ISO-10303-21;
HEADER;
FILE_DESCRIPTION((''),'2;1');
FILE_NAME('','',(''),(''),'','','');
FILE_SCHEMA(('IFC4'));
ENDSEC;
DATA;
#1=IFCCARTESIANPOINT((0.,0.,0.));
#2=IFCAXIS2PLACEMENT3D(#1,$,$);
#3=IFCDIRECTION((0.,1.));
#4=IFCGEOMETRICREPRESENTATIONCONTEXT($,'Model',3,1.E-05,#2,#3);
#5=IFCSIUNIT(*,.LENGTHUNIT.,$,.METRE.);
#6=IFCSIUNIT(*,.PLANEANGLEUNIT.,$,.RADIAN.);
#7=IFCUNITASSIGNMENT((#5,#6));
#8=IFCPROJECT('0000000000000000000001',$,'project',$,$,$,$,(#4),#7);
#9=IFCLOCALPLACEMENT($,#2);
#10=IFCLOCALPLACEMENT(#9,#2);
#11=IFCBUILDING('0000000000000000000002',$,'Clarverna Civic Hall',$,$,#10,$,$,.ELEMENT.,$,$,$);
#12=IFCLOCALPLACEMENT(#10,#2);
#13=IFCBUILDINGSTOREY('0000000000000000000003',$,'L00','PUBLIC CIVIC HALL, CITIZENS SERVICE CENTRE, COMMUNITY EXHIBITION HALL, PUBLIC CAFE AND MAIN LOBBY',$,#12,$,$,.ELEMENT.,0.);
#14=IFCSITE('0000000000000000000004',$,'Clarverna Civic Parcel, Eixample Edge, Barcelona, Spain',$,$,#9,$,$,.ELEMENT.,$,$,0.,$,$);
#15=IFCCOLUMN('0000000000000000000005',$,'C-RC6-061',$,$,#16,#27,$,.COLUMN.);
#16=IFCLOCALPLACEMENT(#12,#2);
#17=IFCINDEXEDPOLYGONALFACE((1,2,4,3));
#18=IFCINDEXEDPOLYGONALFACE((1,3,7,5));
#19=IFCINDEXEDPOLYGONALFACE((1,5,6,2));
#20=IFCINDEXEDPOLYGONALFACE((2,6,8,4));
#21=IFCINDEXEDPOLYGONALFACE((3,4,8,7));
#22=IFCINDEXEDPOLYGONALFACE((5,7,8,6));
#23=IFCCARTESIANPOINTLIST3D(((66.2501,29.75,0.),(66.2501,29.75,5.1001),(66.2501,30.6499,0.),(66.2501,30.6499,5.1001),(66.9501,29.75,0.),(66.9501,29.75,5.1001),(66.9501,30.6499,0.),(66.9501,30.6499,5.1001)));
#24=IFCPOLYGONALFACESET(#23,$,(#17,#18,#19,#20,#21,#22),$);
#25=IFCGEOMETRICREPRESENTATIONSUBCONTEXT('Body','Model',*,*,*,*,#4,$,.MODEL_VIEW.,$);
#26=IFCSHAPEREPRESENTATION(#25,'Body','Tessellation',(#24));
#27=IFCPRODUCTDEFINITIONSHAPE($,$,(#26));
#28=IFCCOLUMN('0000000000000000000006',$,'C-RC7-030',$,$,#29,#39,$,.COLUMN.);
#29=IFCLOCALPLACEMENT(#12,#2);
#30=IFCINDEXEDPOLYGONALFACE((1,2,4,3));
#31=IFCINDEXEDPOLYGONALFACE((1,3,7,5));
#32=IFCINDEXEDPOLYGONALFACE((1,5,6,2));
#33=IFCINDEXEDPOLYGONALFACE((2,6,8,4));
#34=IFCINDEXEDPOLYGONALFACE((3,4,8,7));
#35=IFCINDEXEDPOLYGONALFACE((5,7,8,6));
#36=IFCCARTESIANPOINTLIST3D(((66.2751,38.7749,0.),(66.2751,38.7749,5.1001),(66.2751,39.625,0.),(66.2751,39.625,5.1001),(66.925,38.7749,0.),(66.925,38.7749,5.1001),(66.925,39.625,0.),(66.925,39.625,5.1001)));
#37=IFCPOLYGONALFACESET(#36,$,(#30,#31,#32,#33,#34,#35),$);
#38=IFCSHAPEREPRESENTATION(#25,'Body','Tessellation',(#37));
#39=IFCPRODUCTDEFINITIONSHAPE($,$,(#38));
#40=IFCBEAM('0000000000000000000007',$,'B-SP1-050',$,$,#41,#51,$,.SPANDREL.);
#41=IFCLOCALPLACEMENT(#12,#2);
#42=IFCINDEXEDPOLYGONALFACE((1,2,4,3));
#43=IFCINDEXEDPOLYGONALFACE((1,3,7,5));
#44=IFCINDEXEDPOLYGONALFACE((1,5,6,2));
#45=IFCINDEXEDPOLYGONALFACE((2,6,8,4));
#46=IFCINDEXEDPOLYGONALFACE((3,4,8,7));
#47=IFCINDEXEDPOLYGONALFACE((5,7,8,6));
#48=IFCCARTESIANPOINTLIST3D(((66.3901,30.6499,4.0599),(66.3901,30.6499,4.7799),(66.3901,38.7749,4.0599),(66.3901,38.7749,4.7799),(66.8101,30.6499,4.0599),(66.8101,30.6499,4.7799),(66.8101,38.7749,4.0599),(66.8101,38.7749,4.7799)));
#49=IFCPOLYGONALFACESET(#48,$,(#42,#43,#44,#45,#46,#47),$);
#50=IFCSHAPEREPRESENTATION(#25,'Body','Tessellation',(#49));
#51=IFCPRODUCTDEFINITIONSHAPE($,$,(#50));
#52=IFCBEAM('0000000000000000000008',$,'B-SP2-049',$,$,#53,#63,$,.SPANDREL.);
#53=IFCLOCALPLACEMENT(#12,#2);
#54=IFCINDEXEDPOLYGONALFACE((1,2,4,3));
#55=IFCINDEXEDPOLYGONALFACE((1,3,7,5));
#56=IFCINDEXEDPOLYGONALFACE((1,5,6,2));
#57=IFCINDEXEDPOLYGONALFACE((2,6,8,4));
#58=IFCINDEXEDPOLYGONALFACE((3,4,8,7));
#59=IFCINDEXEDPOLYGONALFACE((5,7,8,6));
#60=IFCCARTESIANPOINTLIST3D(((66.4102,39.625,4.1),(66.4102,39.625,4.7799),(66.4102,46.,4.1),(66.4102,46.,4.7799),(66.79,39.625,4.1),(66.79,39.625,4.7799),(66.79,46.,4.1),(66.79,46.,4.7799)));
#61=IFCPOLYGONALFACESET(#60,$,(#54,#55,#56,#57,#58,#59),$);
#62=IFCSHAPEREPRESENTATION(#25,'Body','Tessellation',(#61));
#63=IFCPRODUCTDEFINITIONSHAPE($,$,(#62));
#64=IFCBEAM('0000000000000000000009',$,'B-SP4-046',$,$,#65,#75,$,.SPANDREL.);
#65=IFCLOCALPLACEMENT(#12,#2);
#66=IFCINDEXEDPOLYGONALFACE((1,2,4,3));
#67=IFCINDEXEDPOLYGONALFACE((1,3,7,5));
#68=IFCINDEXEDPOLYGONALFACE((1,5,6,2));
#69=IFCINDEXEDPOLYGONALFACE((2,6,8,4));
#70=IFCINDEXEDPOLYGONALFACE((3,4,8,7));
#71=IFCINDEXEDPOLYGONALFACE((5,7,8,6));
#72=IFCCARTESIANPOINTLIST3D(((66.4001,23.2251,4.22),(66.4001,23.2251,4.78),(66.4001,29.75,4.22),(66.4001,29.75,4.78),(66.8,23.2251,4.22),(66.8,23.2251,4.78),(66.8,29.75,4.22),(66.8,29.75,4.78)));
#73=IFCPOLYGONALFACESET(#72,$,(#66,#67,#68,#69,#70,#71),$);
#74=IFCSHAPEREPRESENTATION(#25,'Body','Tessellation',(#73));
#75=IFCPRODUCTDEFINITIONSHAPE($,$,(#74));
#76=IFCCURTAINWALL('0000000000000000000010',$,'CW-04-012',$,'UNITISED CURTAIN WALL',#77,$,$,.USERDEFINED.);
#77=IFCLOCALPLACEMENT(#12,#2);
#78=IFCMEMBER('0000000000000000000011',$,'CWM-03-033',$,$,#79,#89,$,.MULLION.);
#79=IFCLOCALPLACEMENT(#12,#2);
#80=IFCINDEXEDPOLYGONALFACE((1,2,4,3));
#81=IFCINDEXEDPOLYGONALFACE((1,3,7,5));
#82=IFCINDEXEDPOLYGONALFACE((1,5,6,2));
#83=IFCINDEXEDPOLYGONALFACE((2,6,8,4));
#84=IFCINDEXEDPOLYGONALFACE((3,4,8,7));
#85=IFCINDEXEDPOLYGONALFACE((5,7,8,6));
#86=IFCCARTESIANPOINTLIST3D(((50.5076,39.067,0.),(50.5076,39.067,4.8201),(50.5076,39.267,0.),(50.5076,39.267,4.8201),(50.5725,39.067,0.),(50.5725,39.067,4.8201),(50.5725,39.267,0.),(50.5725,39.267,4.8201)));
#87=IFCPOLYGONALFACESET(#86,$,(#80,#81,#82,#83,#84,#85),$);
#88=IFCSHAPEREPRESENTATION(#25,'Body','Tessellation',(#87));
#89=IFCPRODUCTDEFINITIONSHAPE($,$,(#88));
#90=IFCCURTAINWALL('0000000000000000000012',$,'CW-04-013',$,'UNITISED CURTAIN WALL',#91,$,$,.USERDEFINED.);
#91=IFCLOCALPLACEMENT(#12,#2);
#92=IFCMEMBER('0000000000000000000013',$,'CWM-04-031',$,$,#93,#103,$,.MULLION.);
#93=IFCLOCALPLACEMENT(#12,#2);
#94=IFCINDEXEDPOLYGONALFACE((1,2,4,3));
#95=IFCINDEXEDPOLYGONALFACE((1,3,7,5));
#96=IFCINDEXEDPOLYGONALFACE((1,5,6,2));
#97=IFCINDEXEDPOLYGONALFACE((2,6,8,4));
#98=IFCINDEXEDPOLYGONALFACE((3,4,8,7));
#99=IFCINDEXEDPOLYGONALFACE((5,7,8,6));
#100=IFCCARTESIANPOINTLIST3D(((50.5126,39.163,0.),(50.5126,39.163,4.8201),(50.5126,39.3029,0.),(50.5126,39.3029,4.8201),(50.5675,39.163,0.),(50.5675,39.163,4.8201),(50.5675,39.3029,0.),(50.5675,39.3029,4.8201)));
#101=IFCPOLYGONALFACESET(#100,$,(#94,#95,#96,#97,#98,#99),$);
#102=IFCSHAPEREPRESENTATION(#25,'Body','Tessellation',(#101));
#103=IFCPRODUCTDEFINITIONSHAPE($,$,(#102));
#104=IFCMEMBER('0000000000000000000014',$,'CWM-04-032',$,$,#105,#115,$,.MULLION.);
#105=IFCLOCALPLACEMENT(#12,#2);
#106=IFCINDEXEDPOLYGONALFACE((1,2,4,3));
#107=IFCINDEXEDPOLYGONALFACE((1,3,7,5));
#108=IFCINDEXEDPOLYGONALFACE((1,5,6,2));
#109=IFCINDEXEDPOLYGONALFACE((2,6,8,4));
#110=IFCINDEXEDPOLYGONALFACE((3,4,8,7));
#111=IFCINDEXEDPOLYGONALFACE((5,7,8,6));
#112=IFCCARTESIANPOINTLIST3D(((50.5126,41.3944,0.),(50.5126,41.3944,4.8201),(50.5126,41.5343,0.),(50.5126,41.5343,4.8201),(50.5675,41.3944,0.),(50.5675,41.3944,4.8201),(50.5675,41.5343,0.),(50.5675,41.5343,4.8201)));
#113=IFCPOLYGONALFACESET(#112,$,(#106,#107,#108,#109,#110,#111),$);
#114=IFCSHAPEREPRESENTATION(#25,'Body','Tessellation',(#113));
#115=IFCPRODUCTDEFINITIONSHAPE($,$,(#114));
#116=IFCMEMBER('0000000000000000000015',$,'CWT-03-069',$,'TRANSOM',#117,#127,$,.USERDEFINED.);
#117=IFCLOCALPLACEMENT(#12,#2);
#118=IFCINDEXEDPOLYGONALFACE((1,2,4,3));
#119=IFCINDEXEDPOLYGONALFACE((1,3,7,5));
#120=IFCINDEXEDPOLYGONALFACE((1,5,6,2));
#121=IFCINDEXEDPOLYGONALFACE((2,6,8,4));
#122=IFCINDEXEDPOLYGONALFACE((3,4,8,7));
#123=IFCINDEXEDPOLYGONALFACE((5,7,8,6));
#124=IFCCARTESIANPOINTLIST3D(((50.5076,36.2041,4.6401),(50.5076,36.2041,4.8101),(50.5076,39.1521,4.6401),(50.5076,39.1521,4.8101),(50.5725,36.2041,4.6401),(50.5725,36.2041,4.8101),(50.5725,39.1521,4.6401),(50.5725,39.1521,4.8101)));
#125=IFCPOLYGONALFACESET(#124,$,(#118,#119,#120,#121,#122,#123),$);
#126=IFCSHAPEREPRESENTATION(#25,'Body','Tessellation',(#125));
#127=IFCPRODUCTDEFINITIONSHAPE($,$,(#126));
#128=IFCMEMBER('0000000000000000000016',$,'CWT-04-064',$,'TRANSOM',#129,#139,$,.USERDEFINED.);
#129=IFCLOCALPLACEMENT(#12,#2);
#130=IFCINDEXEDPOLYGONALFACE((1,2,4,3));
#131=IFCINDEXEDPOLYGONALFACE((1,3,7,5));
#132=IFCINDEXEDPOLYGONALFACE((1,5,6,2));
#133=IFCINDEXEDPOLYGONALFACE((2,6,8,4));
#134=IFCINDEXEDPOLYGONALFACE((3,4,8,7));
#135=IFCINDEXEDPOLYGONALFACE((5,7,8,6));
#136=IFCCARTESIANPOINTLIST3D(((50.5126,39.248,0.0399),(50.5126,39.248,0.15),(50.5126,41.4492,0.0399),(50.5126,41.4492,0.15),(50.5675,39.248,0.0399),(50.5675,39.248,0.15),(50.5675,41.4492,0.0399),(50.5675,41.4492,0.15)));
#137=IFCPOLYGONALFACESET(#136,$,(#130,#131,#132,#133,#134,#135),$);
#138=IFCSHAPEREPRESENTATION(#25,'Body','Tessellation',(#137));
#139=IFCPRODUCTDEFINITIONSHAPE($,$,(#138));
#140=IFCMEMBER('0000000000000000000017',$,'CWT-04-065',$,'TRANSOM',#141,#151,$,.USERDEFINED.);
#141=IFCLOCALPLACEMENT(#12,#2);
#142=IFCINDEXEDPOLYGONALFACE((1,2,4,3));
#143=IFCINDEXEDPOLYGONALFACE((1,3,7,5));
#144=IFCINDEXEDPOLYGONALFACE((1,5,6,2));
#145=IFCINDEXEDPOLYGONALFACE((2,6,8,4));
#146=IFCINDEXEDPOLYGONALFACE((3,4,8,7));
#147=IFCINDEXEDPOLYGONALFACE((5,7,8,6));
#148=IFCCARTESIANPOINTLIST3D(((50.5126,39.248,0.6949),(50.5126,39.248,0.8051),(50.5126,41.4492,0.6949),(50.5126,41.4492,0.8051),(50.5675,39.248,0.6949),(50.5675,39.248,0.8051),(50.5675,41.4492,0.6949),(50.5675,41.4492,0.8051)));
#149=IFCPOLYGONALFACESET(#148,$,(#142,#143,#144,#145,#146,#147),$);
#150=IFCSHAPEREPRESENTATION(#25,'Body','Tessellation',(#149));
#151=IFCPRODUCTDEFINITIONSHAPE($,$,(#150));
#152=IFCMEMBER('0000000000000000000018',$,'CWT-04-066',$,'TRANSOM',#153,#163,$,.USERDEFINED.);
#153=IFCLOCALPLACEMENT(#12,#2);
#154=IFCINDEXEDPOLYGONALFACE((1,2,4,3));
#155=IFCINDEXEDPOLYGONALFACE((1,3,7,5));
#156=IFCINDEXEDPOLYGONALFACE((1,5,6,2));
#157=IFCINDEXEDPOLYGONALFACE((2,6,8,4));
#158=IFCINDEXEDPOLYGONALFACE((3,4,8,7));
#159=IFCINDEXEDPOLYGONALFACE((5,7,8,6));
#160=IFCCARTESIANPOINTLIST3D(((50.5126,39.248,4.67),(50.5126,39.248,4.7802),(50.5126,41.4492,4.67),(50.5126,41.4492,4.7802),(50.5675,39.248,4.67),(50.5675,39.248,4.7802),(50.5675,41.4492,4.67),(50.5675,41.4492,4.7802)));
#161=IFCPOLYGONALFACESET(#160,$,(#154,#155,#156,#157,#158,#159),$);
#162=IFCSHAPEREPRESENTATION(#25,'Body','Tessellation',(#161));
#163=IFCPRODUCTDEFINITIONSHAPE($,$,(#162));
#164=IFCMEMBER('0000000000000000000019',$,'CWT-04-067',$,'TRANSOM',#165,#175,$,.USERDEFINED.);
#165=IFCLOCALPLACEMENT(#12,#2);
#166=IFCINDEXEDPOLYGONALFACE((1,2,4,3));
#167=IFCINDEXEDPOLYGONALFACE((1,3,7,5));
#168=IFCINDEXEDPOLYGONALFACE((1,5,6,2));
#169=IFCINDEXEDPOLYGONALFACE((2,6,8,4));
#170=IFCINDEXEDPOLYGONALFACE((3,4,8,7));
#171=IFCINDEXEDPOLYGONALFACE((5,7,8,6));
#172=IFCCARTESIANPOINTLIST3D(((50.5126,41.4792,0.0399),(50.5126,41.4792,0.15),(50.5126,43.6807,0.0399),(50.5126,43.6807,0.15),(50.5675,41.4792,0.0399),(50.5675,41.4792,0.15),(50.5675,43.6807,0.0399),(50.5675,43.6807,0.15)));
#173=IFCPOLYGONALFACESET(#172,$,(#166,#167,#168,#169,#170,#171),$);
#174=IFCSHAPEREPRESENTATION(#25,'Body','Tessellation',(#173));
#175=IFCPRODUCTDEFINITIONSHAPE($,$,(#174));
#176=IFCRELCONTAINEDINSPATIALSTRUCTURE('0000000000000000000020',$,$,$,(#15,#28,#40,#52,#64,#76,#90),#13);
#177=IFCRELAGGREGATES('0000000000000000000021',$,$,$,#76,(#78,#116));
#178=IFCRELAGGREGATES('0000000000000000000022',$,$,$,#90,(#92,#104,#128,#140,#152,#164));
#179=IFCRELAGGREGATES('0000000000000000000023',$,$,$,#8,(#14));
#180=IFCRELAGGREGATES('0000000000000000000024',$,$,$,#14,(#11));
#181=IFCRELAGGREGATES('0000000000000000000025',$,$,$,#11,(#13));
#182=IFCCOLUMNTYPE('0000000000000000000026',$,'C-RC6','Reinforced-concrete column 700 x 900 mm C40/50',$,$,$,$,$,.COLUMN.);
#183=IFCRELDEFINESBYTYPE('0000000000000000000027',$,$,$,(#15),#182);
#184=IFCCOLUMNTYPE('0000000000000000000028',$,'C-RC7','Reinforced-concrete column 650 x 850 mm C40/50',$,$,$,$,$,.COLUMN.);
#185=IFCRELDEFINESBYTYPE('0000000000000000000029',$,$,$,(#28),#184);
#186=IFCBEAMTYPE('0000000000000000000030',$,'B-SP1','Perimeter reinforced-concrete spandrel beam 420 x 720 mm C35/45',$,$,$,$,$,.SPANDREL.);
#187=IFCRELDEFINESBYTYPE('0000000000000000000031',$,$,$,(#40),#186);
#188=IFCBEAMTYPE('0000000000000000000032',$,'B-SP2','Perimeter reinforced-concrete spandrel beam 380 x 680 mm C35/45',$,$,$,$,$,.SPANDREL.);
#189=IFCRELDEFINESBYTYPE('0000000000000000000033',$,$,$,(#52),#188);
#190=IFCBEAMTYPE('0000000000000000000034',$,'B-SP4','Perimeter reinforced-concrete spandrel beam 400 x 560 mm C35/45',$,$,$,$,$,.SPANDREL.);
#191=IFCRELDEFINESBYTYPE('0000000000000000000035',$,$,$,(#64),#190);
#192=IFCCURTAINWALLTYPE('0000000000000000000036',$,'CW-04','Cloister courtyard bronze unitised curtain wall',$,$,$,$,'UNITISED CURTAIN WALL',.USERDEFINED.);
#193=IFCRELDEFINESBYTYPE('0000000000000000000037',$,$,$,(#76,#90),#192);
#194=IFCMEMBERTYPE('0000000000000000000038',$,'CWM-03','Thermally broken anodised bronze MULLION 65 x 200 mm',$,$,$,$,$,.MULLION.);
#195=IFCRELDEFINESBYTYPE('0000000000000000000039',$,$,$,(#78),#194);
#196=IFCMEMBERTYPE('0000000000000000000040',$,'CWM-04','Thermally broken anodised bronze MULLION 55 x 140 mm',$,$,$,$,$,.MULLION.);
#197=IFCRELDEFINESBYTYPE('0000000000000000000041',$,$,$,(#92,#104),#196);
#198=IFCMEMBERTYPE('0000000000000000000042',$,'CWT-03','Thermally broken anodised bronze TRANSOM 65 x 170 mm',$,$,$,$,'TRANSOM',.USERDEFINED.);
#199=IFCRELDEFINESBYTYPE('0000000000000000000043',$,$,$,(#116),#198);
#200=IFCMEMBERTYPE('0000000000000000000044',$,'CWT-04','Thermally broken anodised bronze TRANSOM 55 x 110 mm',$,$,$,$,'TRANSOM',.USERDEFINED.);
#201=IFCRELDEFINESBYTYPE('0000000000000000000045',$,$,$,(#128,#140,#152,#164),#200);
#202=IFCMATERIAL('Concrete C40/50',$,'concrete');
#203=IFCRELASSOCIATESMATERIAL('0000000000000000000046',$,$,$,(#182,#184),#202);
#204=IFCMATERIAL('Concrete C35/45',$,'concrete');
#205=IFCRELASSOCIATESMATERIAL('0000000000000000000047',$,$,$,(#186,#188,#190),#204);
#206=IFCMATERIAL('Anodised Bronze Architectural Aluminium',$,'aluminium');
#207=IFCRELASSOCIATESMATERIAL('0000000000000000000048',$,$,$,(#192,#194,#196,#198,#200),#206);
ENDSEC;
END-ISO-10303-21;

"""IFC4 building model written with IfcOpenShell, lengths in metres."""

from ifc_helpers import new_model, si_unit, direction, frame, origin, origin_2d, place, context, subcontext, project, spatial, rectangle, extrude, material, material_profile, profile_set, type_object, element, aggregate, save


model = new_model("IFC4")

# Units and contexts
model_context = context("Model", 3, precision=1e-05, world=origin(), true_north=direction((0.0, 1.0)))
body_context = subcontext(model_context, "Body", "Model", "MODEL_VIEW")
ifc_project = project(units=[si_unit("LENGTHUNIT", "METRE"), si_unit("PLANEANGLEUNIT", "RADIAN")], contexts=[model_context])

# Site, building, storey
site_placement = place(None, origin())
site = spatial("IfcSite", under=ifc_project, at=site_placement, Name="Clarverna Civic Parcel, Eixample Edge, Barcelona, Spain", CompositionType="ELEMENT", RefElevation=0.0)
building_placement = place(site_placement, origin())
building = spatial("IfcBuilding", under=site, at=building_placement, Name="Clarverna Civic Hall", CompositionType="ELEMENT")
storey_placement = place(building_placement, origin())
storey = spatial("IfcBuildingStorey", under=building, at=storey_placement, Name="L00", Description="PUBLIC CIVIC HALL, CITIZENS SERVICE CENTRE, COMMUNITY EXHIBITION HALL, PUBLIC CAFE AND MAIN LOBBY", CompositionType="ELEMENT", Elevation=0.0)

# Columns
ifc_material_1 = material(Name="Concrete C40/50", Category="concrete")
ifc_material_profile_1 = material_profile(ifc_material_1, rectangle(XDim=0.7, YDim=0.8999, at=origin_2d()), Name="RC 700x900")
ifc_profile_set_1 = profile_set([ifc_material_profile_1], Name="Concrete C40/50")
column_type_1 = type_object("IfcColumnType", Name="C-RC6", Description="Reinforced-concrete column 700 x 900 mm C40/50", PredefinedType="COLUMN", material=ifc_profile_set_1)
column_1_placement = place(storey_placement, frame((66.6001, 30.2, 0.0), z_axis=(0.0, 0.0, 1.0), x_axis=(1.0, 0.0, 0.0)))
element("IfcColumn", 1, at=column_1_placement, inside=storey, type_object=column_type_1, Name="C-RC6-061", PredefinedType="COLUMN", context=body_context, shape_type="SweptSolid", body=[
    extrude(rectangle(XDim=0.7, YDim=0.8999, at=origin_2d()), origin(), (0.0, 0.0, 1.0), 5.1001),
])
ifc_material_profile_2 = material_profile(ifc_material_1, rectangle(XDim=0.6499, YDim=0.8501, at=origin_2d()), Name="RC 650x850")
ifc_profile_set_2 = profile_set([ifc_material_profile_2], Name="Concrete C40/50")
column_type_2 = type_object("IfcColumnType", Name="C-RC7", Description="Reinforced-concrete column 650 x 850 mm C40/50", PredefinedType="COLUMN", material=ifc_profile_set_2)
column_2_placement = place(storey_placement, frame((66.6001, 39.2, 0.0), z_axis=(0.0, 0.0, 1.0), x_axis=(1.0, 0.0, 0.0)))
element("IfcColumn", 2, at=column_2_placement, inside=storey, type_object=column_type_2, Name="C-RC7-030", PredefinedType="COLUMN", context=body_context, shape_type="SweptSolid", body=[
    extrude(rectangle(XDim=0.6499, YDim=0.8501, at=origin_2d()), origin(), (0.0, 0.0, 1.0), 5.1001),
])

# Beams
ifc_material_2 = material(Name="Concrete C35/45", Category="concrete")
ifc_material_profile_3 = material_profile(ifc_material_2, rectangle(XDim=0.4199, YDim=0.72, at=origin_2d()), Name="RC 420x720")
ifc_profile_set_3 = profile_set([ifc_material_profile_3], Name="Concrete C35/45")
beam_type_1 = type_object("IfcBeamType", Name="B-SP1", Description="Perimeter reinforced-concrete spandrel beam 420 x 720 mm C35/45", PredefinedType="SPANDREL", material=ifc_profile_set_3)
beam_1_placement = place(storey_placement, frame((66.6001, 30.6499, 4.4199), z_axis=(0.0, 1.0, 0.0), x_axis=(-1.0, 0.0, 0.0)))
element("IfcBeam", 3, at=beam_1_placement, inside=storey, type_object=beam_type_1, Name="B-SP1-050", PredefinedType="SPANDREL", context=body_context, shape_type="SweptSolid", body=[
    extrude(rectangle(XDim=0.4199, YDim=0.72, at=origin_2d()), origin(), (0.0, 0.0, 1.0), 8.125),
])
ifc_material_profile_4 = material_profile(ifc_material_2, rectangle(XDim=0.3799, YDim=0.6799, at=origin_2d()), Name="RC 380x680")
ifc_profile_set_4 = profile_set([ifc_material_profile_4], Name="Concrete C35/45")
beam_type_2 = type_object("IfcBeamType", Name="B-SP2", Description="Perimeter reinforced-concrete spandrel beam 380 x 680 mm C35/45", PredefinedType="SPANDREL", material=ifc_profile_set_4)
beam_2_placement = place(storey_placement, frame((66.6001, 39.625, 4.4399), z_axis=(0.0, 1.0, 0.0), x_axis=(-1.0, 0.0, 0.0)))
element("IfcBeam", 4, at=beam_2_placement, inside=storey, type_object=beam_type_2, Name="B-SP2-049", PredefinedType="SPANDREL", context=body_context, shape_type="SweptSolid", body=[
    extrude(rectangle(XDim=0.3799, YDim=0.6799, at=origin_2d()), origin(), (0.0, 0.0, 1.0), 6.375),
])
ifc_material_profile_5 = material_profile(ifc_material_2, rectangle(XDim=0.3999, YDim=0.5601, at=origin_2d()), Name="RC 400x560")
ifc_profile_set_5 = profile_set([ifc_material_profile_5], Name="Concrete C35/45")
beam_type_3 = type_object("IfcBeamType", Name="B-SP4", Description="Perimeter reinforced-concrete spandrel beam 400 x 560 mm C35/45", PredefinedType="SPANDREL", material=ifc_profile_set_5)
beam_3_placement = place(storey_placement, frame((66.6001, 23.2251, 4.5), z_axis=(0.0, 1.0, 0.0), x_axis=(-1.0, 0.0, 0.0)))
element("IfcBeam", 5, at=beam_3_placement, inside=storey, type_object=beam_type_3, Name="B-SP4-046", PredefinedType="SPANDREL", context=body_context, shape_type="SweptSolid", body=[
    extrude(rectangle(XDim=0.3999, YDim=0.5601, at=origin_2d()), origin(), (0.0, 0.0, 1.0), 6.5249),
])

# Curtain wall, member
ifc_material_3 = material(Name="Anodised Bronze Architectural Aluminium", Category="aluminium")
curtain_wall_type = type_object("IfcCurtainWallType", Name="CW-04", Description="Cloister courtyard bronze unitised curtain wall", ElementType="UNITISED CURTAIN WALL", PredefinedType="USERDEFINED", material=ifc_material_3)
curtain_wall_1_placement = place(storey_placement, origin())
curtain_wall_1 = element("IfcCurtainWall", 6, at=curtain_wall_1_placement, inside=storey, type_object=curtain_wall_type, Name="CW-04-012", ObjectType="UNITISED CURTAIN WALL", PredefinedType="USERDEFINED")
ifc_material_profile_6 = material_profile(ifc_material_3, rectangle(XDim=0.0649, YDim=0.2, at=origin_2d()), Name="BRONZE 65x200")
ifc_profile_set_6 = profile_set([ifc_material_profile_6], Name="Anodised Bronze Architectural Aluminium")
member_type_1 = type_object("IfcMemberType", Name="CWM-03", Description="Thermally broken anodised bronze MULLION 65 x 200 mm", PredefinedType="MULLION", material=ifc_profile_set_6)
member_1_placement = place(storey_placement, frame((50.54, 39.167, 0.0), z_axis=(0.0, 0.0, 1.0), x_axis=(1.0, 0.0, 0.0)))
member_1 = element("IfcMember", 7, at=member_1_placement, type_object=member_type_1, Name="CWM-03-033", PredefinedType="MULLION", context=body_context, shape_type="SweptSolid", body=[
    extrude(rectangle(XDim=0.0649, YDim=0.2, at=origin_2d()), origin(), (0.0, 0.0, 1.0), 4.8201),
])

# Curtain wall, members
curtain_wall_2_placement = place(storey_placement, origin())
curtain_wall_2 = element("IfcCurtainWall", 8, at=curtain_wall_2_placement, inside=storey, type_object=curtain_wall_type, Name="CW-04-013", ObjectType="UNITISED CURTAIN WALL", PredefinedType="USERDEFINED")
ifc_material_profile_7 = material_profile(ifc_material_3, rectangle(XDim=0.0549, YDim=0.1399, at=origin_2d()), Name="BRONZE 55x140")
ifc_profile_set_7 = profile_set([ifc_material_profile_7], Name="Anodised Bronze Architectural Aluminium")
member_type_2 = type_object("IfcMemberType", Name="CWM-04", Description="Thermally broken anodised bronze MULLION 55 x 140 mm", PredefinedType="MULLION", material=ifc_profile_set_7)
member_2_placement = place(storey_placement, frame((50.54, 39.2329, 0.0), z_axis=(0.0, 0.0, 1.0), x_axis=(1.0, 0.0, 0.0)))
member_2 = element("IfcMember", 9, at=member_2_placement, type_object=member_type_2, Name="CWM-04-031", PredefinedType="MULLION", context=body_context, shape_type="SweptSolid", body=[
    extrude(rectangle(XDim=0.0549, YDim=0.1399, at=origin_2d()), origin(), (0.0, 0.0, 1.0), 4.8201),
])
member_3_placement = place(storey_placement, frame((50.54, 41.4644, 0.0), z_axis=(0.0, 0.0, 1.0), x_axis=(1.0, 0.0, 0.0)))
member_3 = element("IfcMember", 10, at=member_3_placement, type_object=member_type_2, Name="CWM-04-032", PredefinedType="MULLION", context=body_context, shape_type="SweptSolid", body=[
    extrude(rectangle(XDim=0.0549, YDim=0.1399, at=origin_2d()), origin(), (0.0, 0.0, 1.0), 4.8201),
])

# Members
ifc_material_profile_8 = material_profile(ifc_material_3, rectangle(XDim=0.0649, YDim=0.1699, at=origin_2d()), Name="BRONZE 65x170")
ifc_profile_set_8 = profile_set([ifc_material_profile_8], Name="Anodised Bronze Architectural Aluminium")
member_type_3 = type_object("IfcMemberType", Name="CWT-03", Description="Thermally broken anodised bronze TRANSOM 65 x 170 mm", ElementType="TRANSOM", PredefinedType="USERDEFINED", material=ifc_profile_set_8)
member_4_placement = place(storey_placement, frame((50.54, 36.2041, 4.7251), z_axis=(0.0, 1.0, 0.0), x_axis=(-1.0, 0.0, 0.0)))
member_4 = element("IfcMember", 11, at=member_4_placement, type_object=member_type_3, Name="CWT-03-069", ObjectType="TRANSOM", PredefinedType="USERDEFINED", context=body_context, shape_type="SweptSolid", body=[
    extrude(rectangle(XDim=0.0649, YDim=0.1699, at=origin_2d()), origin(), (0.0, 0.0, 1.0), 2.948),
])
ifc_material_profile_9 = material_profile(ifc_material_3, rectangle(XDim=0.0549, YDim=0.1101, at=origin_2d()), Name="BRONZE 55x110")
ifc_profile_set_9 = profile_set([ifc_material_profile_9], Name="Anodised Bronze Architectural Aluminium")
member_type_4 = type_object("IfcMemberType", Name="CWT-04", Description="Thermally broken anodised bronze TRANSOM 55 x 110 mm", ElementType="TRANSOM", PredefinedType="USERDEFINED", material=ifc_profile_set_9)
member_5_placement = place(storey_placement, frame((50.54, 39.248, 0.095), z_axis=(0.0, 1.0, 0.0), x_axis=(-1.0, 0.0, 0.0)))
member_5 = element("IfcMember", 12, at=member_5_placement, type_object=member_type_4, Name="CWT-04-064", ObjectType="TRANSOM", PredefinedType="USERDEFINED", context=body_context, shape_type="SweptSolid", body=[
    extrude(rectangle(XDim=0.0549, YDim=0.1101, at=origin_2d()), origin(), (0.0, 0.0, 1.0), 2.2012),
])
member_6_placement = place(storey_placement, frame((50.54, 39.248, 0.75), z_axis=(0.0, 1.0, 0.0), x_axis=(-1.0, 0.0, 0.0)))
member_6 = element("IfcMember", 13, at=member_6_placement, type_object=member_type_4, Name="CWT-04-065", ObjectType="TRANSOM", PredefinedType="USERDEFINED", context=body_context, shape_type="SweptSolid", body=[
    extrude(rectangle(XDim=0.0549, YDim=0.1101, at=origin_2d()), origin(), (0.0, 0.0, 1.0), 2.2012),
])
member_7_placement = place(storey_placement, frame((50.54, 39.248, 4.7251), z_axis=(0.0, 1.0, 0.0), x_axis=(-1.0, 0.0, 0.0)))
member_7 = element("IfcMember", 14, at=member_7_placement, type_object=member_type_4, Name="CWT-04-066", ObjectType="TRANSOM", PredefinedType="USERDEFINED", context=body_context, shape_type="SweptSolid", body=[
    extrude(rectangle(XDim=0.0549, YDim=0.1101, at=origin_2d()), origin(), (0.0, 0.0, 1.0), 2.2012),
])
member_8_placement = place(storey_placement, frame((50.54, 41.4792, 0.095), z_axis=(0.0, 1.0, 0.0), x_axis=(-1.0, 0.0, 0.0)))
member_8 = element("IfcMember", 15, at=member_8_placement, type_object=member_type_4, Name="CWT-04-067", ObjectType="TRANSOM", PredefinedType="USERDEFINED", context=body_context, shape_type="SweptSolid", body=[
    extrude(rectangle(XDim=0.0549, YDim=0.1101, at=origin_2d()), origin(), (0.0, 0.0, 1.0), 2.2014),
])

aggregate(curtain_wall_1, [member_1, member_4])
aggregate(curtain_wall_2, [member_2, member_3, member_5, member_6, member_7, member_8])

save(model, "model.ifc")
